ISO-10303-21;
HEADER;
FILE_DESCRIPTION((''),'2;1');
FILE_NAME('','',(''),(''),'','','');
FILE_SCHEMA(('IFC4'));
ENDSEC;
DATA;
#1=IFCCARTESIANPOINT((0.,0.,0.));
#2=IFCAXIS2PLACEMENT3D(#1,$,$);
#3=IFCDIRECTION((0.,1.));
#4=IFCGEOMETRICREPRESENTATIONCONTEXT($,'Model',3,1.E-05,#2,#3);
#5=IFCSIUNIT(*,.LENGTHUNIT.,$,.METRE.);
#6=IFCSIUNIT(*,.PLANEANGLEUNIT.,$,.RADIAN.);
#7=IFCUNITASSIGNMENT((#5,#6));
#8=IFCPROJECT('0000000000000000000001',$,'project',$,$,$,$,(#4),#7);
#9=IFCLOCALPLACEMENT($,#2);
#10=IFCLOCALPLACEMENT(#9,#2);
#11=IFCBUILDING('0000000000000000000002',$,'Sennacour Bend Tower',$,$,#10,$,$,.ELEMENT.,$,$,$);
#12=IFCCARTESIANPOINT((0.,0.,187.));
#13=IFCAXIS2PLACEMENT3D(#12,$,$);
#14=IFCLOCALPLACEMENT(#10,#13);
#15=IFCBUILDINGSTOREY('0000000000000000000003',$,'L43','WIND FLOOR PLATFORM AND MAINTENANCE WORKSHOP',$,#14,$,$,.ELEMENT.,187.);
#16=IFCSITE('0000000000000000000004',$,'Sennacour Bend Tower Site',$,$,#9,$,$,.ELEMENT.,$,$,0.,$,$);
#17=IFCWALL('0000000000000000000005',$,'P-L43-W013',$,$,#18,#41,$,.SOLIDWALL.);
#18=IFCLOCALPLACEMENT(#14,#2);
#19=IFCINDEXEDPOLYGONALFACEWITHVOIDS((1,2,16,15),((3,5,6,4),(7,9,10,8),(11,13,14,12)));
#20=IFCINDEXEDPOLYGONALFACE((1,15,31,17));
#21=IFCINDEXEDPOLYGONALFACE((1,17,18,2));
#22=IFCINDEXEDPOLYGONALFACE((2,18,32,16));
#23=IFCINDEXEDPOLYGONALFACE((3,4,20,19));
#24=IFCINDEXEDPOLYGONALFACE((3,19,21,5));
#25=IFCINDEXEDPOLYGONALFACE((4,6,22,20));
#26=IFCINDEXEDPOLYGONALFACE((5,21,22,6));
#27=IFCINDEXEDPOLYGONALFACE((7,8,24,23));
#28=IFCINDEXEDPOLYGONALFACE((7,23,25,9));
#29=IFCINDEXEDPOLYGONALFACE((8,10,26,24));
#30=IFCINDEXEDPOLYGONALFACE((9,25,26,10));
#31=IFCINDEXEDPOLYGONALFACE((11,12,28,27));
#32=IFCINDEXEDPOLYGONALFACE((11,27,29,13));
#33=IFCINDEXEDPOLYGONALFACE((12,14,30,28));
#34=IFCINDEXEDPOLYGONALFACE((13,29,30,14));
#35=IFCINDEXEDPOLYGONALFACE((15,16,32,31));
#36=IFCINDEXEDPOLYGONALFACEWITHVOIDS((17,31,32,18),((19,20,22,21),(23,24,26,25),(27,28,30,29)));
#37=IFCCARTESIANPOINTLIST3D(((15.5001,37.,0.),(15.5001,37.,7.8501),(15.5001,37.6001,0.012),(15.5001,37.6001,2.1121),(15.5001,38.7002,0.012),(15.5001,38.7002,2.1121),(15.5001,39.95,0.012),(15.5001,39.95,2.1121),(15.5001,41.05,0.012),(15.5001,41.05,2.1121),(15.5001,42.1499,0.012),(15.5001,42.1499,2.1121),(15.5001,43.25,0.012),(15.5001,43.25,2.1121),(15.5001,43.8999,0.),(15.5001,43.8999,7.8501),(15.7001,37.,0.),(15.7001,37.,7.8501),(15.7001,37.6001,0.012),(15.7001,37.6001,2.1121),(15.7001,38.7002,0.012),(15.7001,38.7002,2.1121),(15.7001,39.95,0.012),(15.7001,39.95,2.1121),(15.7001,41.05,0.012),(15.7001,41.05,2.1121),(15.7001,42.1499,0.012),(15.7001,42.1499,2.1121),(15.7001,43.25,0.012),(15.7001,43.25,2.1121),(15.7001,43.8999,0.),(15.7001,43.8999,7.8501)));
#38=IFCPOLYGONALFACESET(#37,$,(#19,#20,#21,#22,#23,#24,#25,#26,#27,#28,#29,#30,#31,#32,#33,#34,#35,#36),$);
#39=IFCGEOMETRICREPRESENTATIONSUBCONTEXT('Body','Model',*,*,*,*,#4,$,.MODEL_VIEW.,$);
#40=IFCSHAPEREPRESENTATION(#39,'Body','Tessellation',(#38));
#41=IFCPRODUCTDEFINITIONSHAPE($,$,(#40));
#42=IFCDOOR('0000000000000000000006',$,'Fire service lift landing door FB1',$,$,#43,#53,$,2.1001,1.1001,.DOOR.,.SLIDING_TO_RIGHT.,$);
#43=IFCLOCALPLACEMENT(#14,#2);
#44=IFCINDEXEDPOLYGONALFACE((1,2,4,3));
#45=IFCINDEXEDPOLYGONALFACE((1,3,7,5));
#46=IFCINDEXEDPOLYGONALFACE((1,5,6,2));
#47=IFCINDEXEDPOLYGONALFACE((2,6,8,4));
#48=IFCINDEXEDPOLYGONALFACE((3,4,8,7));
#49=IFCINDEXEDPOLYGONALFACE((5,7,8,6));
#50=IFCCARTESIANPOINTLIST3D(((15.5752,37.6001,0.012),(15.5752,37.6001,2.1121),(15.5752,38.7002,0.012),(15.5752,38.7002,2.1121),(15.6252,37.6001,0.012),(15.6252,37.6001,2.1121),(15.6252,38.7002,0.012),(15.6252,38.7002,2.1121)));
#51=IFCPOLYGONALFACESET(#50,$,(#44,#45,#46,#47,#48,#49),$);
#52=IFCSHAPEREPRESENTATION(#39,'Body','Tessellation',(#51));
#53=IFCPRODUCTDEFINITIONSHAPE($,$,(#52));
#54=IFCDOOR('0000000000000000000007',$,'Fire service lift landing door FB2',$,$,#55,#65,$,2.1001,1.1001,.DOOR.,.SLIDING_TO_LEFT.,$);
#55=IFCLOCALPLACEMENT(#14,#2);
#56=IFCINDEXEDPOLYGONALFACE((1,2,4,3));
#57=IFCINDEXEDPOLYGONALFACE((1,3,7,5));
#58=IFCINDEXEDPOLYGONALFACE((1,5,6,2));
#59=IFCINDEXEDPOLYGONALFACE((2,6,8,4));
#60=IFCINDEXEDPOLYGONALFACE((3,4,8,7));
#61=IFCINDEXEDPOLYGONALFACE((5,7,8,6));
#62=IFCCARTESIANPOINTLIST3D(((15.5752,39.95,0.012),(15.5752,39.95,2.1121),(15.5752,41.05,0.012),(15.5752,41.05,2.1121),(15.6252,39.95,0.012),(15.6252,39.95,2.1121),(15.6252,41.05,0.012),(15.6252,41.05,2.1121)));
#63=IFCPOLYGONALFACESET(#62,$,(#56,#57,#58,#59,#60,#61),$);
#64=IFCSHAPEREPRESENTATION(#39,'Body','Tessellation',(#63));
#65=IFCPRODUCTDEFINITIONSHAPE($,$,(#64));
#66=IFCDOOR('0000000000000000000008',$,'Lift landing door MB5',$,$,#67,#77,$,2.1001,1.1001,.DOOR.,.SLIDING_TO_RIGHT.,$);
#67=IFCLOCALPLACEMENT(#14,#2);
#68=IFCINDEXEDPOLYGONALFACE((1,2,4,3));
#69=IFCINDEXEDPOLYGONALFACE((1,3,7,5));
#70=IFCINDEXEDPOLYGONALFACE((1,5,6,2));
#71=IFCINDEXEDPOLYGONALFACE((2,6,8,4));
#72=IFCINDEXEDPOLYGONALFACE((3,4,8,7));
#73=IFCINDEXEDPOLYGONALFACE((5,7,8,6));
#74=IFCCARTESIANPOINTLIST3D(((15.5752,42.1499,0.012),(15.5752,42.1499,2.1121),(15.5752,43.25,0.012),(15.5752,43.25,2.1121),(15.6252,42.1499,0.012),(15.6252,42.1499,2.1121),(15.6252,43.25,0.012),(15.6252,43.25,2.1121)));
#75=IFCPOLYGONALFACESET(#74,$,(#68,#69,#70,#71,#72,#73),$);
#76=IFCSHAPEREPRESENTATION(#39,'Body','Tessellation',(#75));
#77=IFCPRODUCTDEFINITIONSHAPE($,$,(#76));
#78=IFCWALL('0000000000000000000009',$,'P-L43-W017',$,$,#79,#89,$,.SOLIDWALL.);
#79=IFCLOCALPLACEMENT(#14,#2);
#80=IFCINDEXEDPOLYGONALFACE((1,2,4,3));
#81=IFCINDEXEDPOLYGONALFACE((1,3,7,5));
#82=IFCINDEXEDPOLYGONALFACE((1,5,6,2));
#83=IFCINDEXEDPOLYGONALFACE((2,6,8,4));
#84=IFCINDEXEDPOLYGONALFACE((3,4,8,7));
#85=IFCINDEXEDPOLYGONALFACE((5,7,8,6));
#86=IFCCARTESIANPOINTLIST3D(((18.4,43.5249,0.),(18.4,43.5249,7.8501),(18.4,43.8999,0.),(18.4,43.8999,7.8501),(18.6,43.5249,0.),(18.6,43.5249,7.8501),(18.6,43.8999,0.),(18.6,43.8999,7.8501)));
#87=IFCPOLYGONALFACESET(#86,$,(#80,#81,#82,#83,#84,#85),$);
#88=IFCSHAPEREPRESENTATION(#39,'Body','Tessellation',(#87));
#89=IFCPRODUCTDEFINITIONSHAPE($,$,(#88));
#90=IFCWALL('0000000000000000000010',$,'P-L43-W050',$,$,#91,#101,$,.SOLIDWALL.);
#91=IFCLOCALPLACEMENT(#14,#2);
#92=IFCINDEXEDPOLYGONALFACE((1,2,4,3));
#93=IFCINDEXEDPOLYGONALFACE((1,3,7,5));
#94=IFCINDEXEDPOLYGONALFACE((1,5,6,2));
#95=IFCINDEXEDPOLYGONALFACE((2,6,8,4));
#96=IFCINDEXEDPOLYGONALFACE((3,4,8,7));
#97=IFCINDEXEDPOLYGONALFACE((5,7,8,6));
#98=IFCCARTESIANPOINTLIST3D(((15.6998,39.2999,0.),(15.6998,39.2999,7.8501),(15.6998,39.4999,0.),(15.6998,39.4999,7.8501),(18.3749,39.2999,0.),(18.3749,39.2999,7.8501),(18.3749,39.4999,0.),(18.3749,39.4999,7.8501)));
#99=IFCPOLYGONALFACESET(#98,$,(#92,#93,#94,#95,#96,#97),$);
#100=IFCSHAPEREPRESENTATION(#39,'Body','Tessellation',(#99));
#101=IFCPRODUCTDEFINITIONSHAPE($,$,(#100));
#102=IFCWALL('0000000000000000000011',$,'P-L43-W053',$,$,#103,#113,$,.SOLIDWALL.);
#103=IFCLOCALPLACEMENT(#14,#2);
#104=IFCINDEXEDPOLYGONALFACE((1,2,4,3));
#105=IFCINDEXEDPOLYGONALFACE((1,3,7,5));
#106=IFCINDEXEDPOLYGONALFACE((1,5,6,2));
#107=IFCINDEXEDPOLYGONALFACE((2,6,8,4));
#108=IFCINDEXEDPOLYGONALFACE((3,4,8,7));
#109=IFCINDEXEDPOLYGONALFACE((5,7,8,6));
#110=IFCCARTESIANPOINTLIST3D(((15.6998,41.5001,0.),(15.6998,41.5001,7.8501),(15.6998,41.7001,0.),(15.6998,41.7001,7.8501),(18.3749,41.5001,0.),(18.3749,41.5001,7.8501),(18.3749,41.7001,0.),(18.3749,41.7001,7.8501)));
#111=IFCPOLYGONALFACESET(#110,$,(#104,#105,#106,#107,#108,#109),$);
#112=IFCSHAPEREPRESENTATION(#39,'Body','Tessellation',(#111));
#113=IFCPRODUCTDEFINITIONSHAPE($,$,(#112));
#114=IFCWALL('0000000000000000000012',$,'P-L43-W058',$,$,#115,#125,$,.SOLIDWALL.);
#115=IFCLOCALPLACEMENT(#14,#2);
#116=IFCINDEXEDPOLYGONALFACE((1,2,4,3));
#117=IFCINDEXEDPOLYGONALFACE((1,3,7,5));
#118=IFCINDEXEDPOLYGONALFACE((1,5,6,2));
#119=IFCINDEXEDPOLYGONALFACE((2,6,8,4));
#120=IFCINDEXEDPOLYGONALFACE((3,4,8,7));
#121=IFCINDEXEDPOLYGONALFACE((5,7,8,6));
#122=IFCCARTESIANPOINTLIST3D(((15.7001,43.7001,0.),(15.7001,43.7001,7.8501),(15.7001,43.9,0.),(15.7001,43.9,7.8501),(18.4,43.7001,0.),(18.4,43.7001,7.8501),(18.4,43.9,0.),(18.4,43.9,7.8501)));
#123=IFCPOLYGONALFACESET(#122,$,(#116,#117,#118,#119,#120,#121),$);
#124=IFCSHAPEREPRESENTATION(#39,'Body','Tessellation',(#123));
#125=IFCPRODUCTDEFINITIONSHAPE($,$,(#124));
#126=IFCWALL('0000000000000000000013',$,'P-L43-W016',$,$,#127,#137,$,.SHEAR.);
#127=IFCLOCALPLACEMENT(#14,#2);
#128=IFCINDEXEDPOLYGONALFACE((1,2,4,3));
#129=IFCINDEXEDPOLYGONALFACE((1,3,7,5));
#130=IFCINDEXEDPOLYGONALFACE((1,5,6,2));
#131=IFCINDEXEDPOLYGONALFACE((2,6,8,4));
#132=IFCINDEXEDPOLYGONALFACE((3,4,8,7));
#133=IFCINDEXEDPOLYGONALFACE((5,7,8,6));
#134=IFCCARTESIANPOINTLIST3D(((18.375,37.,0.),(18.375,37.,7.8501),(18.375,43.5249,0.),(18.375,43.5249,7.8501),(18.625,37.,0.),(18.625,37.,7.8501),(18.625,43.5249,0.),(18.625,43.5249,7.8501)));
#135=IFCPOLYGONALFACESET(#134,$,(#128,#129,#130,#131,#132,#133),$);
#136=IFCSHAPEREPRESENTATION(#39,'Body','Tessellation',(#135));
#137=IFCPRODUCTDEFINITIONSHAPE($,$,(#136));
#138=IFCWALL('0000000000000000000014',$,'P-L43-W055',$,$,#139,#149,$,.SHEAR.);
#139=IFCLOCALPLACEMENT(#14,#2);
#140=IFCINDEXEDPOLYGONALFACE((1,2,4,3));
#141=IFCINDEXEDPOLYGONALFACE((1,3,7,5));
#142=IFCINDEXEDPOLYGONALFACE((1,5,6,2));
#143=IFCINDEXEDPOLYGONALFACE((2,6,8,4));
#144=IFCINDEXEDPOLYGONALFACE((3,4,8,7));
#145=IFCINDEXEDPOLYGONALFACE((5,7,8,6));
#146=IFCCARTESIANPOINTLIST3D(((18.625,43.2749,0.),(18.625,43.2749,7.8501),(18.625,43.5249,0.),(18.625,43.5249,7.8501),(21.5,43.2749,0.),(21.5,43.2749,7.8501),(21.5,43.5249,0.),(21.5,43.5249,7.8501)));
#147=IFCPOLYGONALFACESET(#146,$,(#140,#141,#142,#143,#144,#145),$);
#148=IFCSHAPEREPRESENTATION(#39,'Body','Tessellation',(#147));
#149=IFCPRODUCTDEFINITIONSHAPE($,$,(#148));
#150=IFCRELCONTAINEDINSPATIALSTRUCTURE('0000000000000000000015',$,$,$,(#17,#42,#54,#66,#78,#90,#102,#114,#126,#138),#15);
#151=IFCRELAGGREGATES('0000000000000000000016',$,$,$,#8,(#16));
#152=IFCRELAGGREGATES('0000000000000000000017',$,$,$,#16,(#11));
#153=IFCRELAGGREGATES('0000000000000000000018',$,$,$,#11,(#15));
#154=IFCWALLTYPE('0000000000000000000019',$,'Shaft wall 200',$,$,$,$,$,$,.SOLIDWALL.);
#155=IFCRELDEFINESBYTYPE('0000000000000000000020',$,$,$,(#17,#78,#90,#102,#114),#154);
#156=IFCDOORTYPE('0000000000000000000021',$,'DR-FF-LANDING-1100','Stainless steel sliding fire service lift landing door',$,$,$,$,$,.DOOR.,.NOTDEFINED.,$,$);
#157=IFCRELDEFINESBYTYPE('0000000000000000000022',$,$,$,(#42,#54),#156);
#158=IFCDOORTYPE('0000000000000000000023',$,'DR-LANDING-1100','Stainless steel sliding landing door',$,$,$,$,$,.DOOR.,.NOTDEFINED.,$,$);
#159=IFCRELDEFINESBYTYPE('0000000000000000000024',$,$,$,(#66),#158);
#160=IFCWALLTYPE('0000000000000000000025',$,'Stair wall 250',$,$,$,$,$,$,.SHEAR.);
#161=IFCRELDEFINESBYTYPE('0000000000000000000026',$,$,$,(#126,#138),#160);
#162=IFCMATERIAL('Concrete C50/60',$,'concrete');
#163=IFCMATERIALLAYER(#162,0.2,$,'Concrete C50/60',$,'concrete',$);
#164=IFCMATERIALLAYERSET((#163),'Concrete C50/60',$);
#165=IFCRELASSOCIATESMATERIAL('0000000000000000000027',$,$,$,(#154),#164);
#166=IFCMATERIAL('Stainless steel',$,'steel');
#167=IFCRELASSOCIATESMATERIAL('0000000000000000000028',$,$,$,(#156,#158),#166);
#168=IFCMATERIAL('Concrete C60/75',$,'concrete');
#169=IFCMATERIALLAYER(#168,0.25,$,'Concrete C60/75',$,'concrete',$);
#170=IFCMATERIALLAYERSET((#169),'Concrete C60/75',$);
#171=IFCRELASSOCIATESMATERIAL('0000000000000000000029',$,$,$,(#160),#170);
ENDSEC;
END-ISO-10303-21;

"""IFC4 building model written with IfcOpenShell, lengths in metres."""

from ifc_helpers import new_model, si_unit, direction, frame, frame_2d, origin, place, context, subcontext, project, spatial, rectangle, extrude, material, layer, layer_set, type_object, element, fill, save


model = new_model("IFC4")

# Units and contexts
model_context = context("Model", 3, precision=1e-05, world=origin(), true_north=direction((0.0, 1.0)))
body_context = subcontext(model_context, "Body", "Model", "MODEL_VIEW")
ifc_project = project(units=[si_unit("LENGTHUNIT", "METRE"), si_unit("PLANEANGLEUNIT", "RADIAN")], contexts=[model_context])

# Site, building, storey
site_placement = place(None, origin())
site = spatial("IfcSite", under=ifc_project, at=site_placement, Name="Sennacour Bend Tower Site", CompositionType="ELEMENT", RefElevation=0.0)
building_placement = place(site_placement, origin())
building = spatial("IfcBuilding", under=site, at=building_placement, Name="Sennacour Bend Tower", CompositionType="ELEMENT")
storey_placement = place(building_placement, frame((0.0, 0.0, 187.0)))
storey = spatial("IfcBuildingStorey", under=building, at=storey_placement, Name="L43", Description="WIND FLOOR PLATFORM AND MAINTENANCE WORKSHOP", CompositionType="ELEMENT", Elevation=187.0)

# Wall, openings, doors
ifc_material_1 = material(Name="Concrete C50/60", Category="concrete")
ifc_layer_1 = layer(ifc_material_1, 0.2, Name="Concrete C50/60", Category="concrete")
ifc_layer_set_1 = layer_set([ifc_layer_1], Name="Concrete C50/60")
wall_type_1 = type_object("IfcWallType", Name="Shaft wall 200", PredefinedType="SOLIDWALL", material=ifc_layer_set_1)
wall_1_placement = place(storey_placement, frame((15.6001, 37.0, 0.0), z_axis=(0.0, 0.0, 1.0), x_axis=(0.0, 1.0, 0.0)))
wall_1 = element("IfcWall", 1, at=wall_1_placement, inside=storey, type_object=wall_type_1, Name="P-L43-W013", PredefinedType="SOLIDWALL", context=body_context, shape_type="SweptSolid", body=[
    extrude(rectangle(XDim=6.8999, YDim=0.2, at=frame_2d((3.45, 0.0))), origin(), (0.0, 0.0, 1.0), 7.8501),
])
opening_1_placement = place(wall_1_placement, frame((0.6001, 0.0, 0.012)))
opening_1 = element("IfcOpeningElement", 2, at=opening_1_placement, cuts=wall_1, PredefinedType="OPENING", context=body_context, shape_type="SweptSolid", body=[
    extrude(rectangle(XDim=1.1001, YDim=2.1001, at=frame_2d((0.55, 1.05))), frame((0.0, 0.1099, 0.0), z_axis=(0.0, -1.0, 0.0), x_axis=(1.0, 0.0, 0.0)), (0.0, 0.0, 1.0), 0.22),
])
opening_2_placement = place(wall_1_placement, frame((2.95, 0.0, 0.012)))
opening_2 = element("IfcOpeningElement", 3, at=opening_2_placement, cuts=wall_1, PredefinedType="OPENING", context=body_context, shape_type="SweptSolid", body=[
    extrude(rectangle(XDim=1.1001, YDim=2.1001, at=frame_2d((0.55, 1.05))), frame((0.0, 0.1099, 0.0), z_axis=(0.0, -1.0, 0.0), x_axis=(1.0, 0.0, 0.0)), (0.0, 0.0, 1.0), 0.22),
])
opening_3_placement = place(wall_1_placement, frame((5.1499, 0.0, 0.012)))
opening_3 = element("IfcOpeningElement", 4, at=opening_3_placement, cuts=wall_1, PredefinedType="OPENING", context=body_context, shape_type="SweptSolid", body=[
    extrude(rectangle(XDim=1.1001, YDim=2.1001, at=frame_2d((0.55, 1.05))), frame((0.0, 0.1099, 0.0), z_axis=(0.0, -1.0, 0.0), x_axis=(1.0, 0.0, 0.0)), (0.0, 0.0, 1.0), 0.22),
])
ifc_material_2 = material(Name="Stainless steel", Category="steel")
door_type_1 = type_object("IfcDoorType", Name="DR-FF-LANDING-1100", Description="Stainless steel sliding fire service lift landing door", OperationType="NOTDEFINED", PredefinedType="DOOR", material=ifc_material_2)
door_1_placement = place(opening_1_placement, origin())
door_1 = element("IfcDoor", 5, at=door_1_placement, inside=storey, type_object=door_type_1, Name="Fire service lift landing door FB1", OperationType="SLIDING_TO_RIGHT", OverallHeight=2.1001, OverallWidth=1.1001, PredefinedType="DOOR", context=body_context, shape_type="SweptSolid", body=[
    extrude(rectangle(XDim=1.1001, YDim=2.1001, at=frame_2d((0.55, 1.05))), frame((0.0, 0.0249, 0.0), z_axis=(0.0, -1.0, 0.0), x_axis=(1.0, 0.0, 0.0)), (0.0, 0.0, 1.0), 0.05),
])
fill(opening_1, door_1)
door_2_placement = place(opening_2_placement, origin())
door_2 = element("IfcDoor", 6, at=door_2_placement, inside=storey, type_object=door_type_1, Name="Fire service lift landing door FB2", OperationType="SLIDING_TO_LEFT", OverallHeight=2.1001, OverallWidth=1.1001, PredefinedType="DOOR", context=body_context, shape_type="SweptSolid", body=[
    extrude(rectangle(XDim=1.1001, YDim=2.1001, at=frame_2d((0.55, 1.05))), frame((0.0, 0.0249, 0.0), z_axis=(0.0, -1.0, 0.0), x_axis=(1.0, 0.0, 0.0)), (0.0, 0.0, 1.0), 0.05),
])
fill(opening_2, door_2)
door_type_2 = type_object("IfcDoorType", Name="DR-LANDING-1100", Description="Stainless steel sliding landing door", OperationType="NOTDEFINED", PredefinedType="DOOR", material=ifc_material_2)
door_3_placement = place(opening_3_placement, origin())
door_3 = element("IfcDoor", 7, at=door_3_placement, inside=storey, type_object=door_type_2, Name="Lift landing door MB5", OperationType="SLIDING_TO_RIGHT", OverallHeight=2.1001, OverallWidth=1.1001, PredefinedType="DOOR", context=body_context, shape_type="SweptSolid", body=[
    extrude(rectangle(XDim=1.1001, YDim=2.1001, at=frame_2d((0.55, 1.05))), frame((0.0, 0.0249, 0.0), z_axis=(0.0, -1.0, 0.0), x_axis=(1.0, 0.0, 0.0)), (0.0, 0.0, 1.0), 0.05),
])
fill(opening_3, door_3)

# Walls
wall_2_placement = place(storey_placement, frame((18.5, 43.5249, 0.0), z_axis=(0.0, 0.0, 1.0), x_axis=(0.0, 1.0, 0.0)))
element("IfcWall", 8, at=wall_2_placement, inside=storey, type_object=wall_type_1, Name="P-L43-W017", PredefinedType="SOLIDWALL", context=body_context, shape_type="SweptSolid", body=[
    extrude(rectangle(XDim=0.375, YDim=0.2, at=frame_2d((0.1875, 0.0))), origin(), (0.0, 0.0, 1.0), 7.8501),
])
for number, where, z_axis, x_axis, name in (
    (9, (15.7, 39.3999, 0.0), (0.0, 0.0, 1.0), (1.0, 0.0, 0.0), "P-L43-W050"),
    (10, (15.7, 41.6001, 0.0), (0.0, 0.0, 1.0), (1.0, 0.0, 0.0), "P-L43-W053"),
):
    element("IfcWall", number, at=place(storey_placement, frame(where, z_axis=z_axis, x_axis=x_axis)), inside=storey, type_object=wall_type_1, Name=name, PredefinedType="SOLIDWALL", context=body_context, shape_type="SweptSolid", body=[
        extrude(rectangle(XDim=2.675, YDim=0.2, at=frame_2d((1.3374, 0.0))), origin(), (0.0, 0.0, 1.0), 7.8501),
    ])
wall_3_placement = place(storey_placement, frame((15.7, 43.8, 0.0), z_axis=(0.0, 0.0, 1.0), x_axis=(1.0, 0.0, 0.0)))
element("IfcWall", 11, at=wall_3_placement, inside=storey, type_object=wall_type_1, Name="P-L43-W058", PredefinedType="SOLIDWALL", context=body_context, shape_type="SweptSolid", body=[
    extrude(rectangle(XDim=2.7, YDim=0.2, at=frame_2d((1.3501, 0.0))), origin(), (0.0, 0.0, 1.0), 7.8501),
])
ifc_material_3 = material(Name="Concrete C60/75", Category="concrete")
ifc_layer_2 = layer(ifc_material_3, 0.25, Name="Concrete C60/75", Category="concrete")
ifc_layer_set_2 = layer_set([ifc_layer_2], Name="Concrete C60/75")
wall_type_2 = type_object("IfcWallType", Name="Stair wall 250", PredefinedType="SHEAR", material=ifc_layer_set_2)
wall_4_placement = place(storey_placement, frame((18.5, 37.0, 0.0), z_axis=(0.0, 0.0, 1.0), x_axis=(0.0, 1.0, 0.0)))
element("IfcWall", 12, at=wall_4_placement, inside=storey, type_object=wall_type_2, Name="P-L43-W016", PredefinedType="SHEAR", context=body_context, shape_type="SweptSolid", body=[
    extrude(rectangle(XDim=6.5249, YDim=0.25, at=frame_2d((3.2625, 0.0))), origin(), (0.0, 0.0, 1.0), 7.8501),
])
wall_5_placement = place(storey_placement, frame((18.625, 43.3999, 0.0), z_axis=(0.0, 0.0, 1.0), x_axis=(1.0, 0.0, 0.0)))
element("IfcWall", 13, at=wall_5_placement, inside=storey, type_object=wall_type_2, Name="P-L43-W055", PredefinedType="SHEAR", context=body_context, shape_type="SweptSolid", body=[
    extrude(rectangle(XDim=2.875, YDim=0.25, at=frame_2d((1.4375, 0.0))), origin(), (0.0, 0.0, 1.0), 7.8501),
])

save(model, "model.ifc")
